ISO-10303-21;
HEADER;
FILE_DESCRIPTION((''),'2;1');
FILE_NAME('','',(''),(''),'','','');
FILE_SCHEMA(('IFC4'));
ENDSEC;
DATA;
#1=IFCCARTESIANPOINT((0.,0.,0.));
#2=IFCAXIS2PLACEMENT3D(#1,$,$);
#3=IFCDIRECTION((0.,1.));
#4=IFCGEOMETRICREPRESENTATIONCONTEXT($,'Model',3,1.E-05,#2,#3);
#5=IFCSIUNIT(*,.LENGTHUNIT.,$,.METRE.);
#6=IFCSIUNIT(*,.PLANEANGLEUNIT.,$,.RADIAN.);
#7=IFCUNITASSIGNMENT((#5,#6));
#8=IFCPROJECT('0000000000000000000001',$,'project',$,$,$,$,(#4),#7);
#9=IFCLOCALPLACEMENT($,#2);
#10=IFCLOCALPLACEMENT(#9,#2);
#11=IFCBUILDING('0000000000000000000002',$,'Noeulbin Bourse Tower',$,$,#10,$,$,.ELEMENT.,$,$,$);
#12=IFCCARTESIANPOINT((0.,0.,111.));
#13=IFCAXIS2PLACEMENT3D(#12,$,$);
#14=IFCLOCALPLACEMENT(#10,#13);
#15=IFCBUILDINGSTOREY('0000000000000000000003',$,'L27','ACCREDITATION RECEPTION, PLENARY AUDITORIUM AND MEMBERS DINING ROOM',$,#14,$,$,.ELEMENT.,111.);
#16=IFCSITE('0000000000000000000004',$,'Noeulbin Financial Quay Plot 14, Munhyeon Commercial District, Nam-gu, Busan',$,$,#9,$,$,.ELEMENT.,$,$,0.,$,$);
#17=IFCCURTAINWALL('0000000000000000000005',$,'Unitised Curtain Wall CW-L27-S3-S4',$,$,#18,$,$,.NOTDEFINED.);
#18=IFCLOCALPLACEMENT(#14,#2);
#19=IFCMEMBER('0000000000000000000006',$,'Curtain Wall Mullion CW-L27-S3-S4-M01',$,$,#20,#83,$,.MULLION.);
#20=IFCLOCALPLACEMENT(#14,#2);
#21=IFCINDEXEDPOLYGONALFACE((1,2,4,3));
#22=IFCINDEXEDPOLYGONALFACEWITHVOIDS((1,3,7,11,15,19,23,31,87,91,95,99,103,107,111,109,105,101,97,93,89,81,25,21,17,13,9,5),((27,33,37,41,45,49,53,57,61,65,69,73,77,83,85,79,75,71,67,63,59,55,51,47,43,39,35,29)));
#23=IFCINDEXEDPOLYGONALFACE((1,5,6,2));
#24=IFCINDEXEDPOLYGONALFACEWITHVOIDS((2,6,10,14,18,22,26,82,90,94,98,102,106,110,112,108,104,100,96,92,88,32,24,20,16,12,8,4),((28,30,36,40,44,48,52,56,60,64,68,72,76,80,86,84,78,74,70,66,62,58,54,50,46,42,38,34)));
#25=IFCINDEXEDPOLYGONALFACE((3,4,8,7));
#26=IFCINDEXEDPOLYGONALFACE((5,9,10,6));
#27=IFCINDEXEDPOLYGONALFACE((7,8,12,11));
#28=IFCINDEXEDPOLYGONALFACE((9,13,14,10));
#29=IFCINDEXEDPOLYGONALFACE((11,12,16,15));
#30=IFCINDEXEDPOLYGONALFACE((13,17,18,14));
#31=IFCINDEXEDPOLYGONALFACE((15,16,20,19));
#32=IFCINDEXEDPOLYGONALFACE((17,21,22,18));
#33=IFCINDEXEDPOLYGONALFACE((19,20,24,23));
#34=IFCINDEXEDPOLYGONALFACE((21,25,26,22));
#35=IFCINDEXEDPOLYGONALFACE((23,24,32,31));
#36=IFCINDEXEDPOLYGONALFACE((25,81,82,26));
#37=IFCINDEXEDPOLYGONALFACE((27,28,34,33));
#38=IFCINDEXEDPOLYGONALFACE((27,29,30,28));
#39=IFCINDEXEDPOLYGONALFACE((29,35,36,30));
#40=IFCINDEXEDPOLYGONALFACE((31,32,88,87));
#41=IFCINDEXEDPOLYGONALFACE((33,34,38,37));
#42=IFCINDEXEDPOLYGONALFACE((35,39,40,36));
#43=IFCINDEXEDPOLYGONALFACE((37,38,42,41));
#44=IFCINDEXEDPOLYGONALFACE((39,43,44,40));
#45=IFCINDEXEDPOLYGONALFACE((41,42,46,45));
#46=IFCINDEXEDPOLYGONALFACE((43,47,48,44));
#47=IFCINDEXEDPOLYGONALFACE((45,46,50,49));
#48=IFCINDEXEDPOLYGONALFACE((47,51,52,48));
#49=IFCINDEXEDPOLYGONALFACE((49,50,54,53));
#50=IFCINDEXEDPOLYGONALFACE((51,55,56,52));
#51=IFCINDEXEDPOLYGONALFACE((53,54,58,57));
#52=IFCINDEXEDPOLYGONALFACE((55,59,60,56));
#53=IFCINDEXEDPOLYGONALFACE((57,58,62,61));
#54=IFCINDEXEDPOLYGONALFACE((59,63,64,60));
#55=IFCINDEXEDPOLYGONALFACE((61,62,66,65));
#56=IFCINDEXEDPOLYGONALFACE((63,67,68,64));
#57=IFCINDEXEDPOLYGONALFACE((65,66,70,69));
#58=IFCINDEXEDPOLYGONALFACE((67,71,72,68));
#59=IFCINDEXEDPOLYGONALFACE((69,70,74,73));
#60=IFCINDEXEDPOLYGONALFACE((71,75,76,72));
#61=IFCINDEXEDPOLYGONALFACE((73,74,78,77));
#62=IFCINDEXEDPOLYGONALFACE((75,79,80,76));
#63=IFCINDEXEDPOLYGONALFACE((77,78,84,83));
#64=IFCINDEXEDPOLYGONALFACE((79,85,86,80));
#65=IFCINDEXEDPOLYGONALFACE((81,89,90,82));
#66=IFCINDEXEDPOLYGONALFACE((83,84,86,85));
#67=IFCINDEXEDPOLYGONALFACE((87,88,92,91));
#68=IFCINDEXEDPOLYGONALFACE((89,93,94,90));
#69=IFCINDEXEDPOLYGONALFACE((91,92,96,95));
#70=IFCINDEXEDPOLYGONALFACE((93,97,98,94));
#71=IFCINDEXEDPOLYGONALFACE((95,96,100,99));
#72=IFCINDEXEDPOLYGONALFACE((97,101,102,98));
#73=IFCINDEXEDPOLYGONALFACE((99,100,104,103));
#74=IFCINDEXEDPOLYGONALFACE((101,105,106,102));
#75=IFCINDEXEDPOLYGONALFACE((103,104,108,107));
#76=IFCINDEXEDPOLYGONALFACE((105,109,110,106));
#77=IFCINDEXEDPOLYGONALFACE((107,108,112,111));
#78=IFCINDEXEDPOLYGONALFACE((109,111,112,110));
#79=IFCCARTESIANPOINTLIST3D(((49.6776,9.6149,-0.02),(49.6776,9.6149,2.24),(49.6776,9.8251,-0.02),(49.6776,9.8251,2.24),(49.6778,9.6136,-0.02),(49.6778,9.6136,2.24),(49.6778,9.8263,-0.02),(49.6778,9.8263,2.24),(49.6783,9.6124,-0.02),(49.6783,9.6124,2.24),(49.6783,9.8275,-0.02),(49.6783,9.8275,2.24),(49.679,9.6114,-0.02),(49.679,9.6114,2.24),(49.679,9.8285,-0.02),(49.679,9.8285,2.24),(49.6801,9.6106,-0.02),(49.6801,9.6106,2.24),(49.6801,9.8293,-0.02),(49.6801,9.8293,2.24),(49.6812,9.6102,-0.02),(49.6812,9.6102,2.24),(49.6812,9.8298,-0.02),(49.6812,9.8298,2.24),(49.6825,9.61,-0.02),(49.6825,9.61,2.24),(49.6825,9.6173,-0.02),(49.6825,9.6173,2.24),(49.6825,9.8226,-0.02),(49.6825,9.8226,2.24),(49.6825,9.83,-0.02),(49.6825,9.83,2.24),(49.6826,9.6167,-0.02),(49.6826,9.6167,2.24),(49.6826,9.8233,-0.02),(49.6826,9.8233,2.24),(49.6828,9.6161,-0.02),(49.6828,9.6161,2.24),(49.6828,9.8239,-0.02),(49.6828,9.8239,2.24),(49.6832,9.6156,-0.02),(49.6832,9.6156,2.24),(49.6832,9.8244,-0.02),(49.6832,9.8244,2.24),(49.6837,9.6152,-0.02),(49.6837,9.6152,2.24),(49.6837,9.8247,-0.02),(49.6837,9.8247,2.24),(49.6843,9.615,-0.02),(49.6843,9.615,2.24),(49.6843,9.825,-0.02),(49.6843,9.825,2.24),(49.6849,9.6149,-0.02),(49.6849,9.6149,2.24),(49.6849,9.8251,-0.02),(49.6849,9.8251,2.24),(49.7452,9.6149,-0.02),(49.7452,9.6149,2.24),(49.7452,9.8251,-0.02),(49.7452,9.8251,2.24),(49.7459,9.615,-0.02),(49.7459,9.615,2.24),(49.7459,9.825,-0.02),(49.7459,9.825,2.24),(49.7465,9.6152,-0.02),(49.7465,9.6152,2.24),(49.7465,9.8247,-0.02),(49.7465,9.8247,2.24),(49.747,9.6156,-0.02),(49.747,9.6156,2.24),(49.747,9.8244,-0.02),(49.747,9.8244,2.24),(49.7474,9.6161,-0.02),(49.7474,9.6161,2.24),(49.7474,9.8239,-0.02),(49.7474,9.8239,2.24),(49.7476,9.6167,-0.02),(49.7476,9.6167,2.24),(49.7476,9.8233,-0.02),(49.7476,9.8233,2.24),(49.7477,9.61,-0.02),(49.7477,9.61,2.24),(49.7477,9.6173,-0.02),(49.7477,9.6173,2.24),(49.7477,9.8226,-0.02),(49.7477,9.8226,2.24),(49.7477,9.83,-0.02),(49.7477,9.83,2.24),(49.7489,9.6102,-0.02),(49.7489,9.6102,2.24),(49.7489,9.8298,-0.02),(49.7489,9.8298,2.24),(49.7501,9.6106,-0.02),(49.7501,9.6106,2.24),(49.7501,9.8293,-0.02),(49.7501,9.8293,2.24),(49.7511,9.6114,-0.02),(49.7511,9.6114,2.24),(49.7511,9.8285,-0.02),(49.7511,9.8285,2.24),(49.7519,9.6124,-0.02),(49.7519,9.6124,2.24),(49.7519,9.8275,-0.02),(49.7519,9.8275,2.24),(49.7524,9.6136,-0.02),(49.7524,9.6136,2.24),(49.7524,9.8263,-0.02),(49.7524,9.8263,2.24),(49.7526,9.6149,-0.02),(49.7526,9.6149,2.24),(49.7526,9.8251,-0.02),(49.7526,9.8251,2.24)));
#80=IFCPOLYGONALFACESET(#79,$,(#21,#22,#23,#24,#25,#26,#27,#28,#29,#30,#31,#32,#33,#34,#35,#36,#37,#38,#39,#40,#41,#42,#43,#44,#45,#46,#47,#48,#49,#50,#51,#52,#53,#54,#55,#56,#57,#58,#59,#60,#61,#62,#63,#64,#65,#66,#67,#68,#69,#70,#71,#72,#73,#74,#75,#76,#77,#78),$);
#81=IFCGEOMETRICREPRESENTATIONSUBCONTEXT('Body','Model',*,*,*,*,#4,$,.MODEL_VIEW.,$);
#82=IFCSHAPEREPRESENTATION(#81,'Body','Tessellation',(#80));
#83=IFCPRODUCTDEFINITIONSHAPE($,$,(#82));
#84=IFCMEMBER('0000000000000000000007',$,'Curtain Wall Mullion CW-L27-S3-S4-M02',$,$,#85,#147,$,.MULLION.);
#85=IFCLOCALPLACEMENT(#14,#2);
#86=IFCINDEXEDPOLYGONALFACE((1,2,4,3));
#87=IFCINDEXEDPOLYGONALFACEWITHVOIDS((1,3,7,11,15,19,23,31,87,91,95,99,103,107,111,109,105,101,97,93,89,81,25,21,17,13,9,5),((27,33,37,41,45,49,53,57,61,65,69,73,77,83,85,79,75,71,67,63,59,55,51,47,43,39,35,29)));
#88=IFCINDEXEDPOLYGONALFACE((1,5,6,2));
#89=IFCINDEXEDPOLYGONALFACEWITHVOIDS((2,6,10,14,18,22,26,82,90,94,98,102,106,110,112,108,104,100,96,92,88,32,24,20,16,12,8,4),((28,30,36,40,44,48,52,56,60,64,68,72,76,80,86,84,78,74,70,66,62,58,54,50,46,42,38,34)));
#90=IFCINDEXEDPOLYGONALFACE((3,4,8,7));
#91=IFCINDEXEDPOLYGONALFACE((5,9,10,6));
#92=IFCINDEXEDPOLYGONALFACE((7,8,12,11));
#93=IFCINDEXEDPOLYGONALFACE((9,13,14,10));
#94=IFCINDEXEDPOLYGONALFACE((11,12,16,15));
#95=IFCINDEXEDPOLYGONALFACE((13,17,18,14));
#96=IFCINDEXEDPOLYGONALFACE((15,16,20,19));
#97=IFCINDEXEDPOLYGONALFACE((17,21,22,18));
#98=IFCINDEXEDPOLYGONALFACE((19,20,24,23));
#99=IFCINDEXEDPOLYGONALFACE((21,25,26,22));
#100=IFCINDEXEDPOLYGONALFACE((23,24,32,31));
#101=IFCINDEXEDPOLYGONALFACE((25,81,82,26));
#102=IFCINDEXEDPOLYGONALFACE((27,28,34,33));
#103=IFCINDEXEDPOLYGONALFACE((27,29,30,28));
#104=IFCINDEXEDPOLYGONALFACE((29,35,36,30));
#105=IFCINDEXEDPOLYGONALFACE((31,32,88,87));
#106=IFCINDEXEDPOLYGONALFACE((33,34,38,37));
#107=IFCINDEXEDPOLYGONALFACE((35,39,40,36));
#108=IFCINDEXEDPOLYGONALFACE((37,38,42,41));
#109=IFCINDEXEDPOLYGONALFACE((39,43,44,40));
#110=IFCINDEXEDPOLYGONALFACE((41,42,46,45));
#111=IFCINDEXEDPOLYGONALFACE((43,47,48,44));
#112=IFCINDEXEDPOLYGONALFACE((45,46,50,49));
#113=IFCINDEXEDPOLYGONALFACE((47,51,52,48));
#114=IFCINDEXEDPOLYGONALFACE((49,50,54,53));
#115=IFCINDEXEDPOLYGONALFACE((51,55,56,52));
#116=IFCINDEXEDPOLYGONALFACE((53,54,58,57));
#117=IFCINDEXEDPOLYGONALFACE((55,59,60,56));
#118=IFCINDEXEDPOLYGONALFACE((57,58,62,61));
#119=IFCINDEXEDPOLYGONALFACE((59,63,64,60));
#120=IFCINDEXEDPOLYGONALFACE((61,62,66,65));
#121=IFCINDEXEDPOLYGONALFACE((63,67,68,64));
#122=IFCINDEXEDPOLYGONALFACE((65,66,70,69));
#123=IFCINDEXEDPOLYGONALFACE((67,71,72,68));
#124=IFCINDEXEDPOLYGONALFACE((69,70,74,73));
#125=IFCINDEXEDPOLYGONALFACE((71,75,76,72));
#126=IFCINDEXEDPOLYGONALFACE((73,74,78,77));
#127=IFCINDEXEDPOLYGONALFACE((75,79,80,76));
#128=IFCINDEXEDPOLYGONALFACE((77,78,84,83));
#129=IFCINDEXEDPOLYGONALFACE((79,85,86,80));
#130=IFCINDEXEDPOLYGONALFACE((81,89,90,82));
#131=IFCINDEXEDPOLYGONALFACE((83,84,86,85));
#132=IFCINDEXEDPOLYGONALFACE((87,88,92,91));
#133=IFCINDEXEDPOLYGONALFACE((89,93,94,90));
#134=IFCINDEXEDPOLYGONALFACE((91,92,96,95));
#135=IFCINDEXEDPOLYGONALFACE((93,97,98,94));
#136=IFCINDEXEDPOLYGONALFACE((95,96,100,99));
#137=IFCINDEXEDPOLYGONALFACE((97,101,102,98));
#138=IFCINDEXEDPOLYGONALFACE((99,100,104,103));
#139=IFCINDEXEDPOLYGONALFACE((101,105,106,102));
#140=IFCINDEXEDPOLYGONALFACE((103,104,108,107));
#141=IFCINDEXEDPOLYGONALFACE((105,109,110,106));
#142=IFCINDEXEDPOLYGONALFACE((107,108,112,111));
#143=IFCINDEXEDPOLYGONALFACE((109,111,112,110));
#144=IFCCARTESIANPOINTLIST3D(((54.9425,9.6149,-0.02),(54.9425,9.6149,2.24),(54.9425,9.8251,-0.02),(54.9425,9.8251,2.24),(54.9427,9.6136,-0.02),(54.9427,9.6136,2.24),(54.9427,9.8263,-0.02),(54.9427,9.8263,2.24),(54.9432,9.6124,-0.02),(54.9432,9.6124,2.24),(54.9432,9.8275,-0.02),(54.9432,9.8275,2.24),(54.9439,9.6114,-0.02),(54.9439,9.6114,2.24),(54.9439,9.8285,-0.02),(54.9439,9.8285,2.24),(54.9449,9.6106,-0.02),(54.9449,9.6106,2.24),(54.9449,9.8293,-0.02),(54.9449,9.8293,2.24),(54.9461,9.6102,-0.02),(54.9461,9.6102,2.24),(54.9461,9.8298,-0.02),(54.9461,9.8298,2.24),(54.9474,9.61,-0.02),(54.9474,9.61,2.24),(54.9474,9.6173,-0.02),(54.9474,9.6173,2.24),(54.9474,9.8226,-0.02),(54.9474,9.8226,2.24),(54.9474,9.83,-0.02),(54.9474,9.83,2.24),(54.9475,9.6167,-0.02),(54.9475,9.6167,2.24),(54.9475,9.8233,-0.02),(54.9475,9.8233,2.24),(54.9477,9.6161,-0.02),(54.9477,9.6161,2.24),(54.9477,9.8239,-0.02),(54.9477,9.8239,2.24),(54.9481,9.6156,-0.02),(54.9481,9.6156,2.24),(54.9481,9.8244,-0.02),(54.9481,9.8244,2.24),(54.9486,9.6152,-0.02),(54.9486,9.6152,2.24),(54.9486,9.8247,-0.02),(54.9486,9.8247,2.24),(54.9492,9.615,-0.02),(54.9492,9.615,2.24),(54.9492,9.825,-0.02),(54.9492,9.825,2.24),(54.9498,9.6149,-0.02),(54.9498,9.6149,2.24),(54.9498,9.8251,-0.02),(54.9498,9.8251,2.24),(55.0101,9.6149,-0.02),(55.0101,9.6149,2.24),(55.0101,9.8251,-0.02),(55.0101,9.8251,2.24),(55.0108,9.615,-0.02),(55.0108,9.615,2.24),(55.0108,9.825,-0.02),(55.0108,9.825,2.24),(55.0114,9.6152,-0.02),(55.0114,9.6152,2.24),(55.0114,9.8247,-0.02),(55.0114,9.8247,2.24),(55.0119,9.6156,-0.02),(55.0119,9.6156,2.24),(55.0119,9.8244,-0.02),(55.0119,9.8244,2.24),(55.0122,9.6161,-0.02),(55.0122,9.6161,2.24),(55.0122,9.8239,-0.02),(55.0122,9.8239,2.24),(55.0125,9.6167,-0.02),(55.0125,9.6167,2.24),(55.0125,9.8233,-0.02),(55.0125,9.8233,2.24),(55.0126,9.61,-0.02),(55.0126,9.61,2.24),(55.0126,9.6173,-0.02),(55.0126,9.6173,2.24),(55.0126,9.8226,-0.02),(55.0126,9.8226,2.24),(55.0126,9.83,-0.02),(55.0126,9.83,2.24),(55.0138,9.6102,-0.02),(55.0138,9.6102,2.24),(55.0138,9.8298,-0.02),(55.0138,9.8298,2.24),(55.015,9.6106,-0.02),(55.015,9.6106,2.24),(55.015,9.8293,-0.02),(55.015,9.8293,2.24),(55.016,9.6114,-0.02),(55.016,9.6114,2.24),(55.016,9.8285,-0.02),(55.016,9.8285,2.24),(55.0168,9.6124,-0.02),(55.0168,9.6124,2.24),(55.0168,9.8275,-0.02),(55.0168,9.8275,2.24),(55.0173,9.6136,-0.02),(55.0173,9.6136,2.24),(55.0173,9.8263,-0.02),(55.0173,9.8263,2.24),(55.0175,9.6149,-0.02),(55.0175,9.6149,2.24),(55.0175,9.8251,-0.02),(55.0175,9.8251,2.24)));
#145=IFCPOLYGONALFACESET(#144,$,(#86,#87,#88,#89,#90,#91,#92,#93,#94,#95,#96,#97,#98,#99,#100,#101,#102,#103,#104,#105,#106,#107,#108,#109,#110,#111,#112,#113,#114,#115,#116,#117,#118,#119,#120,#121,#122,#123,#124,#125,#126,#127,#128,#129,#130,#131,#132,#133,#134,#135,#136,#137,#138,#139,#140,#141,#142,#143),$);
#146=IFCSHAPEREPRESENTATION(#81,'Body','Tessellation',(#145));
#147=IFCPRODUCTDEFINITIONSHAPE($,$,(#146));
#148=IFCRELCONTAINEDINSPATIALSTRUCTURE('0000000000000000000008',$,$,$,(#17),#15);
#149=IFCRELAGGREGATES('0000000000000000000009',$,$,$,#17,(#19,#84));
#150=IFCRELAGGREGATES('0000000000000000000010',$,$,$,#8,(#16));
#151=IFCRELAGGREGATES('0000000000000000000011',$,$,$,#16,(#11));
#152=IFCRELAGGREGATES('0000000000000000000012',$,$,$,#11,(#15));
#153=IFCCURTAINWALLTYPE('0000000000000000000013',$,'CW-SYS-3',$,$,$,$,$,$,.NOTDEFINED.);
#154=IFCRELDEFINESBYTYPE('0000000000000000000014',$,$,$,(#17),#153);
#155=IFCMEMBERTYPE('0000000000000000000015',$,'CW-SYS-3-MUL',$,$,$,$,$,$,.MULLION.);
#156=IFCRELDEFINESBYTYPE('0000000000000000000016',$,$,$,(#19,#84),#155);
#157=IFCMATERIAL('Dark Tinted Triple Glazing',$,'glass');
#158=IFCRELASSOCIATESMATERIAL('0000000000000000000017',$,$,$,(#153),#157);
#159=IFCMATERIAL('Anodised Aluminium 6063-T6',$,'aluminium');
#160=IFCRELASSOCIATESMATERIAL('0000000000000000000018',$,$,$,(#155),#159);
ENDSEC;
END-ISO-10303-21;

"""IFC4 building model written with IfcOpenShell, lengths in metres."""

from ifc_helpers import new_model, si_unit, direction, frame, origin, origin_2d, place, context, subcontext, project, spatial, hollow_rectangle, extrude, material, material_profile, profile_set, type_object, element, aggregate, save


model = new_model("IFC4")

# Units and contexts
model_context = context("Model", 3, precision=1e-05, world=origin(), true_north=direction((0.0, 1.0)))
body_context = subcontext(model_context, "Body", "Model", "MODEL_VIEW")
ifc_project = project(units=[si_unit("LENGTHUNIT", "METRE"), si_unit("PLANEANGLEUNIT", "RADIAN")], contexts=[model_context])

# Site, building, storey
site_placement = place(None, origin())
site = spatial("IfcSite", under=ifc_project, at=site_placement, Name="Noeulbin Financial Quay Plot 14, Munhyeon Commercial District, Nam-gu, Busan", CompositionType="ELEMENT", RefElevation=0.0)
building_placement = place(site_placement, origin())
building = spatial("IfcBuilding", under=site, at=building_placement, Name="Noeulbin Bourse Tower", CompositionType="ELEMENT")
storey_placement = place(building_placement, frame((0.0, 0.0, 111.0)))
storey = spatial("IfcBuildingStorey", under=building, at=storey_placement, Name="L27", Description="ACCREDITATION RECEPTION, PLENARY AUDITORIUM AND MEMBERS DINING ROOM", CompositionType="ELEMENT", Elevation=111.0)

# Shared definitions
ifc_material_1 = material(Name="Dark Tinted Triple Glazing", Category="glass")
curtain_wall_type = type_object("IfcCurtainWallType", Name="CW-SYS-3", PredefinedType="NOTDEFINED", material=ifc_material_1)
ifc_material_2 = material(Name="Anodised Aluminium 6063-T6", Category="aluminium")
ifc_material_profile_1 = material_profile(ifc_material_2, hollow_rectangle(XDim=0.075, YDim=0.22, WallThickness=0.0049, InnerFilletRadius=0.0024, OuterFilletRadius=0.0049, at=origin_2d()), Name="ALU-MULL-75x220x5", Category="LoadBearing")
ifc_profile_set_1 = profile_set([ifc_material_profile_1], Name="Anodised Aluminium 6063-T6")
member_type_1 = type_object("IfcMemberType", Name="CW-SYS-3-MUL", PredefinedType="MULLION", material=ifc_profile_set_1)

# Curtain wall, members
curtain_wall_1_placement = place(storey_placement, origin())
curtain_wall_1 = element("IfcCurtainWall", 1, at=curtain_wall_1_placement, inside=storey, type_object=curtain_wall_type, Name="Unitised Curtain Wall CW-L27-S3-S4", PredefinedType="NOTDEFINED")
member_1_placement = place(storey_placement, frame((49.7151, 9.72, -0.02), z_axis=(0.0, 0.0, 1.0), x_axis=(1.0, 0.0, 0.0)))
member_1 = element("IfcMember", 2, at=member_1_placement, type_object=member_type_1, Name="Curtain Wall Mullion CW-L27-S3-S4-M01", PredefinedType="MULLION", context=body_context, shape_type="SweptSolid", body=[
    extrude(hollow_rectangle(XDim=0.075, YDim=0.22, WallThickness=0.0049, InnerFilletRadius=0.0024, OuterFilletRadius=0.0049, at=origin_2d()), origin(), (0.0, 0.0, 1.0), 2.26),
])
member_2_placement = place(storey_placement, frame((54.98, 9.72, -0.02), z_axis=(0.0, 0.0, 1.0), x_axis=(1.0, 0.0, 0.0)))
member_2 = element("IfcMember", 3, at=member_2_placement, type_object=member_type_1, Name="Curtain Wall Mullion CW-L27-S3-S4-M02", PredefinedType="MULLION", context=body_context, shape_type="SweptSolid", body=[
    extrude(hollow_rectangle(XDim=0.075, YDim=0.22, WallThickness=0.0049, InnerFilletRadius=0.0024, OuterFilletRadius=0.0049, at=origin_2d()), origin(), (0.0, 0.0, 1.0), 2.26),
])

aggregate(curtain_wall_1, [member_1, member_2])

save(model, "model.ifc")
